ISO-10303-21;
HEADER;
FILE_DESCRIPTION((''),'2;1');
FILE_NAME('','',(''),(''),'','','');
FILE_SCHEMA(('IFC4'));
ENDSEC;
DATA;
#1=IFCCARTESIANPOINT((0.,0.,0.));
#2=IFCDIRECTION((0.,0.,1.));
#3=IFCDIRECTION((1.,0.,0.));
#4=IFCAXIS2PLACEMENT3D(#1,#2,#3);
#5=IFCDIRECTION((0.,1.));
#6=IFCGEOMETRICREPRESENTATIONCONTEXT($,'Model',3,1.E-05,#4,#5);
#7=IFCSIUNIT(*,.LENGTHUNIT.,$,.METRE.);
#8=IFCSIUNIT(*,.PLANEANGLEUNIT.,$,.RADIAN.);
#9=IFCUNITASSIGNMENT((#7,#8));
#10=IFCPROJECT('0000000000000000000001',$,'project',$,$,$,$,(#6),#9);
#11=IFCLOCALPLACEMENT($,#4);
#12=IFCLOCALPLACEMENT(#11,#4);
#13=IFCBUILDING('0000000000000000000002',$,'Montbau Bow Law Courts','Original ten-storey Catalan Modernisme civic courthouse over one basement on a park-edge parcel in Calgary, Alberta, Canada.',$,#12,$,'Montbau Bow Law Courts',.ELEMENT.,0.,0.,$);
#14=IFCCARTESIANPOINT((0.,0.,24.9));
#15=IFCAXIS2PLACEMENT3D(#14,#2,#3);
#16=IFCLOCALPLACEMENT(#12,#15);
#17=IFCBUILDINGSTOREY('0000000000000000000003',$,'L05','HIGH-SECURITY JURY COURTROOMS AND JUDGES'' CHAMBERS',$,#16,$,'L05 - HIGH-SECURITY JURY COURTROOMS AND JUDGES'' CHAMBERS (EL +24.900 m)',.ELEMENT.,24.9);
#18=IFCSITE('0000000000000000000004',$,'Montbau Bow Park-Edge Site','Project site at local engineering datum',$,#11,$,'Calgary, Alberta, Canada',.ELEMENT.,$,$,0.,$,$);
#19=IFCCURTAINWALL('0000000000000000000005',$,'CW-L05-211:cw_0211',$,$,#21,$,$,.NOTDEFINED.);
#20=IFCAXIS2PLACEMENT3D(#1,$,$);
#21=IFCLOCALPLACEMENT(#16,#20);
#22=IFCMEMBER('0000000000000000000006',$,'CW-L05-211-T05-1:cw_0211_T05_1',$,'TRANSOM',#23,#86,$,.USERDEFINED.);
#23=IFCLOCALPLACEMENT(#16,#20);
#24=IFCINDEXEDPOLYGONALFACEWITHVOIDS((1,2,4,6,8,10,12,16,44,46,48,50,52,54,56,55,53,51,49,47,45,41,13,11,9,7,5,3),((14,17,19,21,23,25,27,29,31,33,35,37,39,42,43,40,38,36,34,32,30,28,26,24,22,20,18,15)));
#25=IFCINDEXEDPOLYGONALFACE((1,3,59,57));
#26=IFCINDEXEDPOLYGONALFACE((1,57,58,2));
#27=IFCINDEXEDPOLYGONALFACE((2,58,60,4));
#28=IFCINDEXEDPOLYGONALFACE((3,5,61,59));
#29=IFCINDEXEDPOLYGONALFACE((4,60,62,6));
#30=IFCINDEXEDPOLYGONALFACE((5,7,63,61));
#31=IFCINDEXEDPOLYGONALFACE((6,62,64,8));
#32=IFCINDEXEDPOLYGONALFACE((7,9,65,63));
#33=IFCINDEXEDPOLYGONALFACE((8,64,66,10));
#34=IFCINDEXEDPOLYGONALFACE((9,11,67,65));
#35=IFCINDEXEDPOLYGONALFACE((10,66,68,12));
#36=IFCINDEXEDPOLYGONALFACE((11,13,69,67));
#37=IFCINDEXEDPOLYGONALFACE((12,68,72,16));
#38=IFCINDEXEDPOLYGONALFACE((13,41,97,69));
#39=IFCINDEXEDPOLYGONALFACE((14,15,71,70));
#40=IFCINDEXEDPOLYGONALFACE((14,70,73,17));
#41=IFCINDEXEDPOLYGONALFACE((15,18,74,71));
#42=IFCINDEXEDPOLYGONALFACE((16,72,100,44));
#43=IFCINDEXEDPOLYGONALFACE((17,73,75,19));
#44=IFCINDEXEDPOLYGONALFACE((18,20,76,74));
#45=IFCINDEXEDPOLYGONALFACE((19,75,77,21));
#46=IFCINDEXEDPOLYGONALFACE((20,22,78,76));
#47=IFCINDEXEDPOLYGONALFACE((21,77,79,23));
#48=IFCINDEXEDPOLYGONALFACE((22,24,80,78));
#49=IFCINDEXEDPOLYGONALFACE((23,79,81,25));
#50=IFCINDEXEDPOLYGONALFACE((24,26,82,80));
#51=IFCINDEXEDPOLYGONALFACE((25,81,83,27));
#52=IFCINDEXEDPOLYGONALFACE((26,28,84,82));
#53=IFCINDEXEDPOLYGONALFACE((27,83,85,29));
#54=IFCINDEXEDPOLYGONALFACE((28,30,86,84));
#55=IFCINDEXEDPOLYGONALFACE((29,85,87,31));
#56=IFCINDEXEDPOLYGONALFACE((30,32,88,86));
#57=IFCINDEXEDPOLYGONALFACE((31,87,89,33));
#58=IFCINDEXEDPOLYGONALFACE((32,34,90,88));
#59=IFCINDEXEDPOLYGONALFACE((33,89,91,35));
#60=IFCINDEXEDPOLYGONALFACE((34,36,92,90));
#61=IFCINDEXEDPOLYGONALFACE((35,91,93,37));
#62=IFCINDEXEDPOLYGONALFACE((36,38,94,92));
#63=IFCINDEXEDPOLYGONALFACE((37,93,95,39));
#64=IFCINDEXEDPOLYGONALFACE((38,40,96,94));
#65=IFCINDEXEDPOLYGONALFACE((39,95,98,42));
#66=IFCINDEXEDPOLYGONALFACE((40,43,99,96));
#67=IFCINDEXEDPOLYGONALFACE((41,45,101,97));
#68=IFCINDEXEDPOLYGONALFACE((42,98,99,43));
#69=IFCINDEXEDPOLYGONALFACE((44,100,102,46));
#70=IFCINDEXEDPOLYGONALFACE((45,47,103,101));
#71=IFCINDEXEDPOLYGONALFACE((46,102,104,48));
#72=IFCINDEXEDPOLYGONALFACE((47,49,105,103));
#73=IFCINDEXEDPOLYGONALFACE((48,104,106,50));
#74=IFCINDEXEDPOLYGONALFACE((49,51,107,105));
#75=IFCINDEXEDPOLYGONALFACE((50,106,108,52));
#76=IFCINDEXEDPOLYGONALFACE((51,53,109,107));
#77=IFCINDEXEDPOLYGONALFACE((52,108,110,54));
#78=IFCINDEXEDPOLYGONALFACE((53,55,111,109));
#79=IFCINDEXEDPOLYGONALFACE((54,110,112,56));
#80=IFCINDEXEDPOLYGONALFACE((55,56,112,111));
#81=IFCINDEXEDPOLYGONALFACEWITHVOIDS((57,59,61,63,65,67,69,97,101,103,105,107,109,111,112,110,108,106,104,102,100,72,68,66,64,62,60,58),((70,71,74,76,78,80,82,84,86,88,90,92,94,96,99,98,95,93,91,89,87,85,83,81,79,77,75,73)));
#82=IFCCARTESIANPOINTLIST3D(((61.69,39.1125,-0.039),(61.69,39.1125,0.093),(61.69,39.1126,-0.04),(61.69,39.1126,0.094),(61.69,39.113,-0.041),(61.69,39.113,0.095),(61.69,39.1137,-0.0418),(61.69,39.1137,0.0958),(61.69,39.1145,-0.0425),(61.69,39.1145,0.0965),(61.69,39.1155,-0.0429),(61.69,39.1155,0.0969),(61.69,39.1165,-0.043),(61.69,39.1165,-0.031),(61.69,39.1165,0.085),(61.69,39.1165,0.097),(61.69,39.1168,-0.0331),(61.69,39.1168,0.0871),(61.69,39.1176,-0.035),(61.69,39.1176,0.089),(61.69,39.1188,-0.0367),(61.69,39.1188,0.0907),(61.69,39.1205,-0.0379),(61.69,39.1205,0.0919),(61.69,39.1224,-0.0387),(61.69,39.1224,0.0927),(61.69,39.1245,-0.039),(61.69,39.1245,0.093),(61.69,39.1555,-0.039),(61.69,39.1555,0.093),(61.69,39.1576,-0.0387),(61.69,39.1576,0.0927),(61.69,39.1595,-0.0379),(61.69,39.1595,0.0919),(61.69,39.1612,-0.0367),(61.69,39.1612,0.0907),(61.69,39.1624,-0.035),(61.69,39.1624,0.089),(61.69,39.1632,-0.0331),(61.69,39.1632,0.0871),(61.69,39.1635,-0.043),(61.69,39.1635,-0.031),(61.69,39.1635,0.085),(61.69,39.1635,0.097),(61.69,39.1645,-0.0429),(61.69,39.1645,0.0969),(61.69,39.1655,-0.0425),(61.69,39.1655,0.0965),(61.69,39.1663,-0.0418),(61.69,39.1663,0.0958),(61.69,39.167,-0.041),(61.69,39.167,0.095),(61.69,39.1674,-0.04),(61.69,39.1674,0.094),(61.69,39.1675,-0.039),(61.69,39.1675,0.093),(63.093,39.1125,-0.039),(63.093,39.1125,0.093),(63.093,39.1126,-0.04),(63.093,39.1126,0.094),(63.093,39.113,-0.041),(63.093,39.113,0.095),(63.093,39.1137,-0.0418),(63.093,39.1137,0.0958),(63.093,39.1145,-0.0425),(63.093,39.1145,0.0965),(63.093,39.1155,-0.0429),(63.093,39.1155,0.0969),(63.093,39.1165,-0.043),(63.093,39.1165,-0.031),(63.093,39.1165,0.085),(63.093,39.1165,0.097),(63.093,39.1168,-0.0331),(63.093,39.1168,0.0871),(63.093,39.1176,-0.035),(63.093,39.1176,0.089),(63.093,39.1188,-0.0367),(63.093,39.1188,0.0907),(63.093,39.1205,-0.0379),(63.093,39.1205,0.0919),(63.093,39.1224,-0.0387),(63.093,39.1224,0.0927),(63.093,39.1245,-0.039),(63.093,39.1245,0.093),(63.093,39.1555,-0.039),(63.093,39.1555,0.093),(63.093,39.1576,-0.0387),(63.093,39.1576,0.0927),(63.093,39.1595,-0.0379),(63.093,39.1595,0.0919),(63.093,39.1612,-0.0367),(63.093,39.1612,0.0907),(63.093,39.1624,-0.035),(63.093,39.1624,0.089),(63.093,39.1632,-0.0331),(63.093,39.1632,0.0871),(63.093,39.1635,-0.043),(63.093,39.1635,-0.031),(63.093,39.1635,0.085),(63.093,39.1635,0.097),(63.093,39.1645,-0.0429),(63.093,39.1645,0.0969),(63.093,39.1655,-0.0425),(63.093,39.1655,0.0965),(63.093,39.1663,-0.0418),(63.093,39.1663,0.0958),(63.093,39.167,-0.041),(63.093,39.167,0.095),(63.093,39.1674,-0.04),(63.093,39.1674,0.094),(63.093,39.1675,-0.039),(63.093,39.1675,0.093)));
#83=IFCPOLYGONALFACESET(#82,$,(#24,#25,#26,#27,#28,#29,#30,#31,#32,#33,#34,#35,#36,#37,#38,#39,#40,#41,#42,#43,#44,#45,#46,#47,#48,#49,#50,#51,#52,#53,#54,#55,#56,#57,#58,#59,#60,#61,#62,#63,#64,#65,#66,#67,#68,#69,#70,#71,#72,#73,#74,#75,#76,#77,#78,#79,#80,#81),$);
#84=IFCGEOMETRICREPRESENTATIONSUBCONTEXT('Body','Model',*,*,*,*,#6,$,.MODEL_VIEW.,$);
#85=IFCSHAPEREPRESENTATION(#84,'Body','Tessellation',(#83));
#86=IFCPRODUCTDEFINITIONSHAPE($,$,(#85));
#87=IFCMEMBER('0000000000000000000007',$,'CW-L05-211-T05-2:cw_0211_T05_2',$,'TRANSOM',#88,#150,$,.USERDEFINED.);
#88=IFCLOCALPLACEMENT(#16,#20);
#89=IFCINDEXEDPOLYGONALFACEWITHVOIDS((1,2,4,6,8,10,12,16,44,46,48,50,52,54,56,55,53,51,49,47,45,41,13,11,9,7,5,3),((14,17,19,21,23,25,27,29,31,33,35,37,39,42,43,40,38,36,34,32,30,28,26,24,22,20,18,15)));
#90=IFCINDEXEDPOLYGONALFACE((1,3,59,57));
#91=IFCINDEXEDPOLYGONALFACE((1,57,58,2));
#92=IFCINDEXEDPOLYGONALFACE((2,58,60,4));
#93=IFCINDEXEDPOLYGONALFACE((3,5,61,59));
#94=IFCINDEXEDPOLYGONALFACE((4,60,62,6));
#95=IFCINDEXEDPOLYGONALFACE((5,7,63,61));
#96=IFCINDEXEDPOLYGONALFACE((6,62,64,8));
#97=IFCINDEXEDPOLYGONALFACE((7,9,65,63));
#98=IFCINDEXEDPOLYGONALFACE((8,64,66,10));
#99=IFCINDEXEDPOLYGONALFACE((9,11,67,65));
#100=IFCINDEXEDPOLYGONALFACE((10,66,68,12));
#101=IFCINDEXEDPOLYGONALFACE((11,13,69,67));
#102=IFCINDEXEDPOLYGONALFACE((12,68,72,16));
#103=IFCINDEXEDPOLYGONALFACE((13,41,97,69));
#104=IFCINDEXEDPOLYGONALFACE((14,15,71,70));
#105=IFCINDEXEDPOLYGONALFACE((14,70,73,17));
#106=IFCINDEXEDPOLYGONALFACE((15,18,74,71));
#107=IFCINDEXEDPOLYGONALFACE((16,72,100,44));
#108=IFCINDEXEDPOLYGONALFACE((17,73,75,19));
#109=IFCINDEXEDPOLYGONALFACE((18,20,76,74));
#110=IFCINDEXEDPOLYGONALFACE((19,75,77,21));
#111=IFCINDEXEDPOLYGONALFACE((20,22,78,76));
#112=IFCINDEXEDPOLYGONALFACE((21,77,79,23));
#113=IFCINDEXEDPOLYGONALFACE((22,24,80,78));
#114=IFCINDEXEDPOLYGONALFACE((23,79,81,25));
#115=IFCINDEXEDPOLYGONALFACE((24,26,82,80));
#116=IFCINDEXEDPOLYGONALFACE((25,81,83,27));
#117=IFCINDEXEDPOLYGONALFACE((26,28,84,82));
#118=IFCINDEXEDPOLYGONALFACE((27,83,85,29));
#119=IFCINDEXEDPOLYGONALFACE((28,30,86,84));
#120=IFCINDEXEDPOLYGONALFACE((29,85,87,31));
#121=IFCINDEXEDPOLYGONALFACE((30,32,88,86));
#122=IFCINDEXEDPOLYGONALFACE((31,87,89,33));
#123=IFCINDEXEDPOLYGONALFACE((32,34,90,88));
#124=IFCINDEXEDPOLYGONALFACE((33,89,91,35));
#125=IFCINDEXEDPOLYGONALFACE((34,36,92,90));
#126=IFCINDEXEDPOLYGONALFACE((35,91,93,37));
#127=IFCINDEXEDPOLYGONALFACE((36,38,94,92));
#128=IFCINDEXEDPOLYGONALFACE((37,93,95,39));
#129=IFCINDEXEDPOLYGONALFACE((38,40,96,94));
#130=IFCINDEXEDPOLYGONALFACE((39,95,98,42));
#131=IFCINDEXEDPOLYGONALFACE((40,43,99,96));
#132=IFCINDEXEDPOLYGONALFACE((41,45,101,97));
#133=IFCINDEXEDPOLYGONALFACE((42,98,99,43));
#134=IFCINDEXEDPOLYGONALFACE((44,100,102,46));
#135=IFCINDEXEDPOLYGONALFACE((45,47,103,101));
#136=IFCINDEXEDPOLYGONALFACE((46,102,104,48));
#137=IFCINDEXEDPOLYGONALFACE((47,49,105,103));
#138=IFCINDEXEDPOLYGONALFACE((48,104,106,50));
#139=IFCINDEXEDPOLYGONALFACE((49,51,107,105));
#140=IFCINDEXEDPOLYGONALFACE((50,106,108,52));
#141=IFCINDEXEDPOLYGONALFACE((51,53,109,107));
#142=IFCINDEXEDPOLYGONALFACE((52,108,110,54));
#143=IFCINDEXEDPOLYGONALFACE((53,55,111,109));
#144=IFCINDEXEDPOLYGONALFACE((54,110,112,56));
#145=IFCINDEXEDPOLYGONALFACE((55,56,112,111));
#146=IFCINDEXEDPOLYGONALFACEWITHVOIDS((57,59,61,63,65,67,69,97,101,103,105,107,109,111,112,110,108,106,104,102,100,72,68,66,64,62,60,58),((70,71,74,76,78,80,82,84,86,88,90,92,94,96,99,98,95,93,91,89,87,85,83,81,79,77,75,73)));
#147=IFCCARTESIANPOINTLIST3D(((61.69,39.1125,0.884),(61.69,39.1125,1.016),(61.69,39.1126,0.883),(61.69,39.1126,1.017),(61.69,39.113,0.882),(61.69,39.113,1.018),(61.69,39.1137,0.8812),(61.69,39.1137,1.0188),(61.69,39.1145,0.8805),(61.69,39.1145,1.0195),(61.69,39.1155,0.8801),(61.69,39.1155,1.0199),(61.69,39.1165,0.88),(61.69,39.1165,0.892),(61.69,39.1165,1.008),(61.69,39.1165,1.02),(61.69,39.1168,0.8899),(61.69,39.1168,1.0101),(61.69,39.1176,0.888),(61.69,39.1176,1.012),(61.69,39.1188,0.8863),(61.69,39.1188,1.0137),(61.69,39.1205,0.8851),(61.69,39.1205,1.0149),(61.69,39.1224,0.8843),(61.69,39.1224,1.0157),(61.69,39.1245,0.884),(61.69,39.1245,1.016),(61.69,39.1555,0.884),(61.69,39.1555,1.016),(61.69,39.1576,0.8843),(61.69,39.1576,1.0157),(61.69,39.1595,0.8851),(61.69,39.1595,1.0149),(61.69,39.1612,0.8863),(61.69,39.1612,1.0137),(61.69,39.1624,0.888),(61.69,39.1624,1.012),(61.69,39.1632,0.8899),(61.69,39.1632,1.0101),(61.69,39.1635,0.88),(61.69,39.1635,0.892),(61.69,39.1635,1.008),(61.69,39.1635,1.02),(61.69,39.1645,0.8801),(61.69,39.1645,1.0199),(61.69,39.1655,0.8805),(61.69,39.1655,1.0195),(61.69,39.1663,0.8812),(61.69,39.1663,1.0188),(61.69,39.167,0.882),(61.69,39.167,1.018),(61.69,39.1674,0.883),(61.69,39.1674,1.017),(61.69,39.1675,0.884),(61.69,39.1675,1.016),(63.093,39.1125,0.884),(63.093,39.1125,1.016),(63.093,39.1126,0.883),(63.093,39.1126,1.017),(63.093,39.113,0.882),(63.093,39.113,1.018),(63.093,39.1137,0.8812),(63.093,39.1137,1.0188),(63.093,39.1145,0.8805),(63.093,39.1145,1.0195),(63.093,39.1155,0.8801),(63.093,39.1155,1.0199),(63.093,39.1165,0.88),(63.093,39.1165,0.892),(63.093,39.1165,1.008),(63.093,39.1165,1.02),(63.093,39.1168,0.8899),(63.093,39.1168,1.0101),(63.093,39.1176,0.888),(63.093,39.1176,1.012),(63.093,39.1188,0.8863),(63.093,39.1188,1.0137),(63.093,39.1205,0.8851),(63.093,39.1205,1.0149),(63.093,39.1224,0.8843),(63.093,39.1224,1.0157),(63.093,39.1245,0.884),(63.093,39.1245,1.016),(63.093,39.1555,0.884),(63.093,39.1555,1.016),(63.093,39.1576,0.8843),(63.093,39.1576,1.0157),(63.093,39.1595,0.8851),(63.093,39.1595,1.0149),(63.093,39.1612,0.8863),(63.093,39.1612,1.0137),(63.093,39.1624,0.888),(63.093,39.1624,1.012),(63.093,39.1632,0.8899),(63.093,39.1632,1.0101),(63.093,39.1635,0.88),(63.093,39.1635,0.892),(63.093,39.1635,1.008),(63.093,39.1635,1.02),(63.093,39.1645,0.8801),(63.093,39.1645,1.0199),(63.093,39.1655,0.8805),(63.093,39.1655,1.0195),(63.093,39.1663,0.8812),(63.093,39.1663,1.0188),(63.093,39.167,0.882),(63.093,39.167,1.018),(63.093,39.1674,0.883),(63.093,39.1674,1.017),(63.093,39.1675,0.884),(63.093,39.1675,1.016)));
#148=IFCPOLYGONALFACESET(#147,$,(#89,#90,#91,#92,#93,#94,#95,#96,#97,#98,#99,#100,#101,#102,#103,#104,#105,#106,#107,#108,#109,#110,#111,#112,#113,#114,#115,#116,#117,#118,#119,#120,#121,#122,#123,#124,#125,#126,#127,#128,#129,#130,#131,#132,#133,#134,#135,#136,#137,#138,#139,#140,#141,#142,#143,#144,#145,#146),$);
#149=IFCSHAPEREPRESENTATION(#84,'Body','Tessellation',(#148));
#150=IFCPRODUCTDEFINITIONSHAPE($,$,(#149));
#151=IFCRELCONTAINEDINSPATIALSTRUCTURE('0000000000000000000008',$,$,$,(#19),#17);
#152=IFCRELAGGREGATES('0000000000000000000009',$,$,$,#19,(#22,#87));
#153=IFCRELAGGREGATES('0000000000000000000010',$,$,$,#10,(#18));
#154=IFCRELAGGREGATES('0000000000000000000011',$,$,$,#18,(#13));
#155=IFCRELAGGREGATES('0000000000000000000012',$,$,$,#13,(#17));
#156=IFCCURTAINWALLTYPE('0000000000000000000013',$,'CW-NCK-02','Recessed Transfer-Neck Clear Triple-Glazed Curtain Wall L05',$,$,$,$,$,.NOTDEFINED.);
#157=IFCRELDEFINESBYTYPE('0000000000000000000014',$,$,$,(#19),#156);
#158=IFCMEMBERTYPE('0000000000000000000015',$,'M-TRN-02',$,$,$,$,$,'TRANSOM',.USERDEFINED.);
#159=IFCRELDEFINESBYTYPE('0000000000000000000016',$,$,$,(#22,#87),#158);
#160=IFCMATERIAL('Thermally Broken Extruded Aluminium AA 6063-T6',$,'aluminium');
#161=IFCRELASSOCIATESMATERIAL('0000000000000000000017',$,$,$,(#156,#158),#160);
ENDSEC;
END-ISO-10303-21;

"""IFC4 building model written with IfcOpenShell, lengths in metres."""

from ifc_helpers import new_model, si_unit, direction, frame, origin_with_axes, origin_2d_with_axis, place, context, subcontext, project, spatial, hollow_rectangle, extrude, material, material_profile, profile_set, type_object, element, aggregate, save


model = new_model("IFC4")

# Units and contexts
model_context = context("Model", 3, precision=1e-05, world=origin_with_axes(), true_north=direction((0.0, 1.0)))
body_context = subcontext(model_context, "Body", "Model", "MODEL_VIEW")
ifc_project = project(units=[si_unit("LENGTHUNIT", "METRE"), si_unit("PLANEANGLEUNIT", "RADIAN")], contexts=[model_context])

# Site, building, storey
site_placement = place(None, origin_with_axes())
site = spatial("IfcSite", under=ifc_project, at=site_placement, Name="Montbau Bow Park-Edge Site", Description="Project site at local engineering datum", LongName="Calgary, Alberta, Canada", CompositionType="ELEMENT", RefElevation=0.0)
building_placement = place(site_placement, origin_with_axes())
building = spatial("IfcBuilding", under=site, at=building_placement, Name="Montbau Bow Law Courts", Description="Original ten-storey Catalan Modernisme civic courthouse over one basement on a park-edge parcel in Calgary, Alberta, Canada.", LongName="Montbau Bow Law Courts", CompositionType="ELEMENT", ElevationOfRefHeight=0.0, ElevationOfTerrain=0.0)
storey_placement = place(building_placement, frame((0.0, 0.0, 24.9), z_axis=(0.0, 0.0, 1.0), x_axis=(1.0, 0.0, 0.0)))
storey = spatial("IfcBuildingStorey", under=building, at=storey_placement, Name="L05", Description="HIGH-SECURITY JURY COURTROOMS AND JUDGES' CHAMBERS", LongName="L05 - HIGH-SECURITY JURY COURTROOMS AND JUDGES' CHAMBERS (EL +24.900 m)", CompositionType="ELEMENT", Elevation=24.9)

# Curtain wall, members
ifc_material_1 = material(Name="Thermally Broken Extruded Aluminium AA 6063-T6", Category="aluminium")
curtain_wall_type = type_object("IfcCurtainWallType", Name="CW-NCK-02", Description="Recessed Transfer-Neck Clear Triple-Glazed Curtain Wall L05", PredefinedType="NOTDEFINED", material=ifc_material_1)
curtain_wall_placement = place(None, frame((55.64, 39.14, 24.9), z_axis=(0.0, 0.0, 1.0), x_axis=(1.0, 0.0, 0.0)))
curtain_wall = element("IfcCurtainWall", 1, at=curtain_wall_placement, inside=storey, type_object=curtain_wall_type, Name="CW-L05-211:cw_0211", PredefinedType="NOTDEFINED")
ifc_material_profile_1 = material_profile(ifc_material_1, hollow_rectangle(XDim=0.055, YDim=0.14, WallThickness=0.004, InnerFilletRadius=0.008, OuterFilletRadius=0.004, at=origin_2d_with_axis()), Name="CWT-140X55", Category="Main", Priority=0)
ifc_profile_set_1 = profile_set([ifc_material_profile_1], Name="Thermally Broken Extruded Aluminium AA 6063-T6")
member_type_1 = type_object("IfcMemberType", Name="M-TRN-02", ElementType="TRANSOM", PredefinedType="USERDEFINED", material=ifc_profile_set_1)
member_1_placement = place(None, frame((61.69, 39.14, 24.927), z_axis=(1.0, 0.0, 0.0), x_axis=(0.0, 1.0, 0.0)))
member_1 = element("IfcMember", 2, at=member_1_placement, type_object=member_type_1, Name="CW-L05-211-T05-1:cw_0211_T05_1", ObjectType="TRANSOM", PredefinedType="USERDEFINED", context=body_context, shape_type="SweptSolid", body=[
    extrude(hollow_rectangle(XDim=0.055, YDim=0.14, WallThickness=0.004, InnerFilletRadius=0.008, OuterFilletRadius=0.004, at=origin_2d_with_axis()), origin_with_axes(), (0.0, 0.0, 1.0), 1.403),
])
member_2_placement = place(None, frame((61.69, 39.14, 25.85), z_axis=(1.0, 0.0, 0.0), x_axis=(0.0, 1.0, 0.0)))
member_2 = element("IfcMember", 3, at=member_2_placement, type_object=member_type_1, Name="CW-L05-211-T05-2:cw_0211_T05_2", ObjectType="TRANSOM", PredefinedType="USERDEFINED", context=body_context, shape_type="SweptSolid", body=[
    extrude(hollow_rectangle(XDim=0.055, YDim=0.14, WallThickness=0.004, InnerFilletRadius=0.008, OuterFilletRadius=0.004, at=origin_2d_with_axis()), origin_with_axes(), (0.0, 0.0, 1.0), 1.403),
])
aggregate(curtain_wall, [member_1, member_2])

save(model, "model.ifc")
